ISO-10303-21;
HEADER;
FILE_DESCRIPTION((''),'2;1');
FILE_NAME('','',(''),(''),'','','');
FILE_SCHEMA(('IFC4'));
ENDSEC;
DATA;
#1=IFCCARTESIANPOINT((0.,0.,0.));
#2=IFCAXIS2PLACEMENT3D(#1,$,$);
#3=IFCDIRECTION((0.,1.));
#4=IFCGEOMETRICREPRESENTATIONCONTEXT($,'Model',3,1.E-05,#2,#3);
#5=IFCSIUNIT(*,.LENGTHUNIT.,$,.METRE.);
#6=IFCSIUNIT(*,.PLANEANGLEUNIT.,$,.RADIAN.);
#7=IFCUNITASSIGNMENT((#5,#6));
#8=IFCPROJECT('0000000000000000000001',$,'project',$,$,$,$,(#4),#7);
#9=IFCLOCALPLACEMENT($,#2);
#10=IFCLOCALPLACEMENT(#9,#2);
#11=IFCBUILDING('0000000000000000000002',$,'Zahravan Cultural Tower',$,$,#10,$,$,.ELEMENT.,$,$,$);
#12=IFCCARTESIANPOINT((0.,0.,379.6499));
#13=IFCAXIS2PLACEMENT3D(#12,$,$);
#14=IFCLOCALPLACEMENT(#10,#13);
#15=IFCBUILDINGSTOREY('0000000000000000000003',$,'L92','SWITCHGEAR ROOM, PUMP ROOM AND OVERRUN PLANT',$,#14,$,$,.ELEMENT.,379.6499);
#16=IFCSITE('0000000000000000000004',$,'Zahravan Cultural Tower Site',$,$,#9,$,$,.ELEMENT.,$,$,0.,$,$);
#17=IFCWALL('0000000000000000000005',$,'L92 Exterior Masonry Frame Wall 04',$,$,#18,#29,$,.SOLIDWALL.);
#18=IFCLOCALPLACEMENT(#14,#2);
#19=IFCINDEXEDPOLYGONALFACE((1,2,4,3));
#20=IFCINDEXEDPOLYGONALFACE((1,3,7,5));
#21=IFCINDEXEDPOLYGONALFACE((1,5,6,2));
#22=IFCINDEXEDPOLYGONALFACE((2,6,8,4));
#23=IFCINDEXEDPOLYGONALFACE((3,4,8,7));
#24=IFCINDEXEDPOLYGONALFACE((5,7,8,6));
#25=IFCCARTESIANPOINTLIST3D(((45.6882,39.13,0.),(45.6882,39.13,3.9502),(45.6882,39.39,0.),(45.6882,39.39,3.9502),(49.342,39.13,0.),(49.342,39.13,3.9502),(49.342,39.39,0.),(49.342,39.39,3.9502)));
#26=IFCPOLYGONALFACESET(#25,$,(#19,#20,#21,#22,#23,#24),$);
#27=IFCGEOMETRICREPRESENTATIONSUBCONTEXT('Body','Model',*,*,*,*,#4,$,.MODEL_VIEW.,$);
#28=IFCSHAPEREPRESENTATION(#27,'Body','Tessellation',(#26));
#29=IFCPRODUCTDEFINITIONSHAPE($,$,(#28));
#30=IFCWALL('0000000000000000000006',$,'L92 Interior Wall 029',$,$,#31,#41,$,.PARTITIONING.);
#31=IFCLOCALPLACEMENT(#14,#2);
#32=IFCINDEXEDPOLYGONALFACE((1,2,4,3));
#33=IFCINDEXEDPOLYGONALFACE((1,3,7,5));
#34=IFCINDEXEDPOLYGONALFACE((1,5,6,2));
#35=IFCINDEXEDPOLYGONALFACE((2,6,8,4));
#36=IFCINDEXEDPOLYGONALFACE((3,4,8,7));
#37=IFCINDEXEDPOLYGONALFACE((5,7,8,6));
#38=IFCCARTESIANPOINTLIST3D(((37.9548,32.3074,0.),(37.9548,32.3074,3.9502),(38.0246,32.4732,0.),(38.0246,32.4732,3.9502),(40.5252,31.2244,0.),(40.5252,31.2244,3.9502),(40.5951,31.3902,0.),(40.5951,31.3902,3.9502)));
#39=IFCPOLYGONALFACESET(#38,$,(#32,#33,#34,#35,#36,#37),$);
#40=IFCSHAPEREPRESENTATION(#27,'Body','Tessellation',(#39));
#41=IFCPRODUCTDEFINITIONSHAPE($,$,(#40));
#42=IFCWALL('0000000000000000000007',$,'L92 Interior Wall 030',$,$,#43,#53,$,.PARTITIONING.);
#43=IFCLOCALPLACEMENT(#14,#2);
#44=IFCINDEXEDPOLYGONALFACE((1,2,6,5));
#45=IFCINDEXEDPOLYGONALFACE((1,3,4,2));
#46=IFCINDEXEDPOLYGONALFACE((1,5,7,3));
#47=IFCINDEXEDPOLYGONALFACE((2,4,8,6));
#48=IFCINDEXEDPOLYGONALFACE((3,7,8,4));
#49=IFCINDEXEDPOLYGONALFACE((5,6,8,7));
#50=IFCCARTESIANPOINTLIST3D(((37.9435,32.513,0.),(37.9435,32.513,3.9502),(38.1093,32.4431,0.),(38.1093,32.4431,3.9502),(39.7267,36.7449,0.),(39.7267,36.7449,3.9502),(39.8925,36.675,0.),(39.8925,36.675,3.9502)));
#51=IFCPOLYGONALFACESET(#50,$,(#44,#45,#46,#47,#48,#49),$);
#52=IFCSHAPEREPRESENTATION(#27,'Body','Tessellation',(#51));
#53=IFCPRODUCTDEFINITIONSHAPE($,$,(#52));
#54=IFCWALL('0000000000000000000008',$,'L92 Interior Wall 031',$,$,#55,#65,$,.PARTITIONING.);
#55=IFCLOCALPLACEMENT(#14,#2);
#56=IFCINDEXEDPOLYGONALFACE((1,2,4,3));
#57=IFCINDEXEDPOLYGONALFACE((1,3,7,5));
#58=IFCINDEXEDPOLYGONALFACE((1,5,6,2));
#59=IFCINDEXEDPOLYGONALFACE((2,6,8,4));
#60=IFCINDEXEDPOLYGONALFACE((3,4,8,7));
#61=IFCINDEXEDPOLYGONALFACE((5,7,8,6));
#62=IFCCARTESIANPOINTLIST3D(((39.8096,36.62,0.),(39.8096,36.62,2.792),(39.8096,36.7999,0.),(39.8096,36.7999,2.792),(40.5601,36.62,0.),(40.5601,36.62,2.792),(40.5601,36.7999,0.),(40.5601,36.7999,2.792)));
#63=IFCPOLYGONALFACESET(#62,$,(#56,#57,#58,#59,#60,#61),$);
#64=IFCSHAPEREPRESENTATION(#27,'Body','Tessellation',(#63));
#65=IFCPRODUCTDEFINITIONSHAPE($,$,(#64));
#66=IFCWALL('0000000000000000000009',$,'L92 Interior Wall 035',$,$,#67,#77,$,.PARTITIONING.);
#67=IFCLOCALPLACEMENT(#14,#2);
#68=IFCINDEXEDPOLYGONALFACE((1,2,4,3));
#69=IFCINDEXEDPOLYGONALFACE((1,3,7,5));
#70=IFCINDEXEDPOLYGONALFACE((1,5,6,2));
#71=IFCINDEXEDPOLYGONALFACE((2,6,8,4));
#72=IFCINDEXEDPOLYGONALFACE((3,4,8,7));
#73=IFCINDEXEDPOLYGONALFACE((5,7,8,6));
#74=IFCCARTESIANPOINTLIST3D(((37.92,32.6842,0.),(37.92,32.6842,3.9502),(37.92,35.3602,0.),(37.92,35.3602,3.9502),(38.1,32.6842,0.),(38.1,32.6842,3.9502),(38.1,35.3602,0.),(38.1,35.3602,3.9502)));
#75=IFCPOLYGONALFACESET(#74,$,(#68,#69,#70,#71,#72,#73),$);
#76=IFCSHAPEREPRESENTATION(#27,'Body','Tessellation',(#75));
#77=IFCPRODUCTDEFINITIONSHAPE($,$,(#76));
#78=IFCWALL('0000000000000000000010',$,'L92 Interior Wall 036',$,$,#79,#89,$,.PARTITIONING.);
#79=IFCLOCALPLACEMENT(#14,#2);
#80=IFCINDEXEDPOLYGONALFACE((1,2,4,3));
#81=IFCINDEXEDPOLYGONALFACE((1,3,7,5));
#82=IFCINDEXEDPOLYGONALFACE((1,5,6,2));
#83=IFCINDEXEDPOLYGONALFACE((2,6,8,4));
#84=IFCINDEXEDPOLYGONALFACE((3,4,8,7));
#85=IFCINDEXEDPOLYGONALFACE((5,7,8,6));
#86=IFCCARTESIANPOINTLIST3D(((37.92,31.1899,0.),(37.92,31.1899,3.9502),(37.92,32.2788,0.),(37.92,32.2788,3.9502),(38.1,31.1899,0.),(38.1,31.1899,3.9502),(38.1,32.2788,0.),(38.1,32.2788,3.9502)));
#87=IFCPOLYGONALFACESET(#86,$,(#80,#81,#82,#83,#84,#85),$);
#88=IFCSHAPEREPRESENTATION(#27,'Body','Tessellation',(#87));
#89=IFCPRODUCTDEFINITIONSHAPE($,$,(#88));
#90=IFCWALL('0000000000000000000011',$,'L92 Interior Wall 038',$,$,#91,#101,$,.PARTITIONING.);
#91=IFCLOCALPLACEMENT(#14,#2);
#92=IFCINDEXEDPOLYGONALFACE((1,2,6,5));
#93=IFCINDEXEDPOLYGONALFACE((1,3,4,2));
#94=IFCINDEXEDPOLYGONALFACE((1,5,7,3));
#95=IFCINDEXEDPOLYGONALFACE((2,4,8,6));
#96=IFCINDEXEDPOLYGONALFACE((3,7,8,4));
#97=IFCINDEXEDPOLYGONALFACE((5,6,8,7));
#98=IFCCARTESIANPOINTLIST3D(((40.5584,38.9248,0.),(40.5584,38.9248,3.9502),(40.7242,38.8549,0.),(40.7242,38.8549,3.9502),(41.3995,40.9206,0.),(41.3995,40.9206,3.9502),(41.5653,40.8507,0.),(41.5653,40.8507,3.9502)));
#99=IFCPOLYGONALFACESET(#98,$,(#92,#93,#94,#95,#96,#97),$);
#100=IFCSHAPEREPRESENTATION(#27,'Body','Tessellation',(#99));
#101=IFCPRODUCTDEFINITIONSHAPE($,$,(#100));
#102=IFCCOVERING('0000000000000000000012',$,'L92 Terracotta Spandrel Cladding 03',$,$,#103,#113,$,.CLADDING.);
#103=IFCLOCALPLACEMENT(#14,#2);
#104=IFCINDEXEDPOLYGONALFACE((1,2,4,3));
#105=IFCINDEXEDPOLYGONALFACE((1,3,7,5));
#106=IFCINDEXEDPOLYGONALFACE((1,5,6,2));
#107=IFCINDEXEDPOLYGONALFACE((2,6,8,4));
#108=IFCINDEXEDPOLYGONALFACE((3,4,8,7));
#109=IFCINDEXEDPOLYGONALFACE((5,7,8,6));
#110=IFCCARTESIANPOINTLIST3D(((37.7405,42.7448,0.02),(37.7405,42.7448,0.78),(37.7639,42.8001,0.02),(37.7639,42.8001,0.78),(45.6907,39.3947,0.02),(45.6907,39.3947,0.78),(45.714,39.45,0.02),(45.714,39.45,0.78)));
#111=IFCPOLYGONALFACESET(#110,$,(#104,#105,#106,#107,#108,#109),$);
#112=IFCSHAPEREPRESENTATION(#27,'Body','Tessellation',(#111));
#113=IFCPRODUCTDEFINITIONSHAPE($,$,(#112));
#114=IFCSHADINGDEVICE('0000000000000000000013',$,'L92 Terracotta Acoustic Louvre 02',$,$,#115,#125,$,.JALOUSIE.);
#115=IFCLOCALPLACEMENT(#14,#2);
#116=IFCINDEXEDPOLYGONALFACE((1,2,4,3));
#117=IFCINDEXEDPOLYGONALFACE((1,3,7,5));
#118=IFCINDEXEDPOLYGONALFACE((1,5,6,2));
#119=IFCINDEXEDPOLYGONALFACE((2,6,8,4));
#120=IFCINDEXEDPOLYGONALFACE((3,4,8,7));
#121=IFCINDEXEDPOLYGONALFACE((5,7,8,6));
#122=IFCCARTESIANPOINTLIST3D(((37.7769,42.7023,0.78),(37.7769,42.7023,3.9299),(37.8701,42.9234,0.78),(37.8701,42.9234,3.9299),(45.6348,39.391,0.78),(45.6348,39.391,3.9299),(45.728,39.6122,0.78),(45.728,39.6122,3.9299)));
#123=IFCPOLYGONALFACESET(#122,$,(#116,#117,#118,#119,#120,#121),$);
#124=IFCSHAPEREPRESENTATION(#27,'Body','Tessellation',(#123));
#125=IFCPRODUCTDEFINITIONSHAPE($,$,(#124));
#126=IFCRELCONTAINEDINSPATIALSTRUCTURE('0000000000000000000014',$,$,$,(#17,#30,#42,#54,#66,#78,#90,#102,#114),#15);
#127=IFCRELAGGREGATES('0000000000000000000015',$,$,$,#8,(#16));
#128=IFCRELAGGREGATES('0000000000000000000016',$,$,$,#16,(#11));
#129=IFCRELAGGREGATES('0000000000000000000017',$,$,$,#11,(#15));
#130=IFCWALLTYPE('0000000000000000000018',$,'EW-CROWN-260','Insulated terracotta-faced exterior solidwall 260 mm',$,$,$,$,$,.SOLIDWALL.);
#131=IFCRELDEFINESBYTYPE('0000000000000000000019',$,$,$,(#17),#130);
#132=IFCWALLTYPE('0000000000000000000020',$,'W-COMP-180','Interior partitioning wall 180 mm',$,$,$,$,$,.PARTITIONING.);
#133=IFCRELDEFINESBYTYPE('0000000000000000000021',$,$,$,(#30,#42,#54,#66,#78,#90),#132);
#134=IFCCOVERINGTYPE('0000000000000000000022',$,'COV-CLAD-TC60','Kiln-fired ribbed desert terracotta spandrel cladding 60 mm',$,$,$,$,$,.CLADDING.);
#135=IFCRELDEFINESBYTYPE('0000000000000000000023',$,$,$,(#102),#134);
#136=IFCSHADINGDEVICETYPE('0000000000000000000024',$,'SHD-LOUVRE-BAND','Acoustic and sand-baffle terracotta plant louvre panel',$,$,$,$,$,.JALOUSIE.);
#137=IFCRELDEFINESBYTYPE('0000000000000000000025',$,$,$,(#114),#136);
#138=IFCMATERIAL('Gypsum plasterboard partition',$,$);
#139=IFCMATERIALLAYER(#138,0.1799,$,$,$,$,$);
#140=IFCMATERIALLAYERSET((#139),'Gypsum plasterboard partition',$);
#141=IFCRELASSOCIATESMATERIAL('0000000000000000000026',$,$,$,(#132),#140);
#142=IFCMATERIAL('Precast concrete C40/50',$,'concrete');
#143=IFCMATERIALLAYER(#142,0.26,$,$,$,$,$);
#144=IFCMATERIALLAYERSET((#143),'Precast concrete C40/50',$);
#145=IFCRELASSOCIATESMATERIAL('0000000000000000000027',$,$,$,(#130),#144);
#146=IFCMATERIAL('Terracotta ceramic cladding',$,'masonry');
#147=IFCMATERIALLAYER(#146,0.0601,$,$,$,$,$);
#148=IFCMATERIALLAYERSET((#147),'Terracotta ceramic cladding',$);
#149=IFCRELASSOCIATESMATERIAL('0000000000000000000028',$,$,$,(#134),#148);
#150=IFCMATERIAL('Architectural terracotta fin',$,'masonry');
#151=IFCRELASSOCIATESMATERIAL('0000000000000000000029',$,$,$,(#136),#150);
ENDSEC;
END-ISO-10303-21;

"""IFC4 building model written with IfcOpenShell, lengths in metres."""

from ifc_helpers import new_model, si_unit, direction, frame, frame_2d, origin, origin_2d, place, context, subcontext, project, spatial, rectangle, extrude, source, transform, mapped, material, layer, layer_set, type_object, element, save


model = new_model("IFC4")

# Units and contexts
model_context = context("Model", 3, precision=1e-05, world=origin(), true_north=direction((0.0, 1.0)))
body_context = subcontext(model_context, "Body", "Model", "MODEL_VIEW")
ifc_project = project(units=[si_unit("LENGTHUNIT", "METRE"), si_unit("PLANEANGLEUNIT", "RADIAN")], contexts=[model_context])

# Site, building, storey
site_placement = place(None, origin())
site = spatial("IfcSite", under=ifc_project, at=site_placement, Name="Zahravan Cultural Tower Site", CompositionType="ELEMENT", RefElevation=0.0)
building_placement = place(site_placement, origin())
building = spatial("IfcBuilding", under=site, at=building_placement, Name="Zahravan Cultural Tower", CompositionType="ELEMENT")
storey_placement = place(building_placement, frame((0.0, 0.0, 379.6499)))
storey = spatial("IfcBuildingStorey", under=building, at=storey_placement, Name="L92", Description="SWITCHGEAR ROOM, PUMP ROOM AND OVERRUN PLANT", CompositionType="ELEMENT", Elevation=379.6499)

# Shared definitions
ifc_material_1 = material(Name="Gypsum plasterboard partition")
ifc_layer_1 = layer(ifc_material_1, 0.1799)
ifc_layer_set_1 = layer_set([ifc_layer_1], Name="Gypsum plasterboard partition")
wall_type_1 = type_object("IfcWallType", Name="W-COMP-180", Description="Interior partitioning wall 180 mm", PredefinedType="PARTITIONING", material=ifc_layer_set_1)

# Walls
ifc_material_2 = material(Name="Precast concrete C40/50", Category="concrete")
ifc_layer_2 = layer(ifc_material_2, 0.26)
ifc_layer_set_2 = layer_set([ifc_layer_2], Name="Precast concrete C40/50")
wall_type_2 = type_object("IfcWallType", Name="EW-CROWN-260", Description="Insulated terracotta-faced exterior solidwall 260 mm", PredefinedType="SOLIDWALL", material=ifc_layer_set_2)
shared_shape_1 = source(origin(), body_context, "Body", "SweptSolid", [
    extrude(rectangle(XDim=3.6538, YDim=0.26, at=frame_2d((1.8269, 0.0))), origin(), (0.0, 0.0, 1.0), 3.9502),
])
wall_1_placement = place(storey_placement, frame((45.6882, 39.26, 0.0), z_axis=(0.0, 0.0, 1.0), x_axis=(1.0, 0.0, 0.0)))
element("IfcWall", 1, at=wall_1_placement, inside=storey, type_object=wall_type_2, Name="L92 Exterior Masonry Frame Wall 04", PredefinedType="SOLIDWALL", context=body_context, shape_type="MappedRepresentation", body=[
    mapped(shared_shape_1, transform((0.0, 0.0, 0.0), x_axis=(1.0, 0.0, 0.0), y_axis=(0.0, 1.0, 0.0), z_axis=(0.0, 0.0, 1.0), scale=1.0)),
])
shared_shape_2 = source(origin(), body_context, "Body", "SweptSolid", [
    extrude(rectangle(XDim=2.7893, YDim=0.1799, at=frame_2d((1.3945, 0.0))), origin(), (0.0, 0.0, 1.0), 3.9502),
])
wall_2_placement = place(storey_placement, frame((40.5601, 31.3074, 0.0), z_axis=(0.0, 0.0, 1.0), x_axis=(-0.92155, 0.38826, 0.0)))
element("IfcWall", 2, at=wall_2_placement, inside=storey, type_object=wall_type_1, Name="L92 Interior Wall 029", PredefinedType="PARTITIONING", context=body_context, shape_type="MappedRepresentation", body=[
    mapped(shared_shape_2, transform((0.0, 0.0, 0.0), x_axis=(1.0, 0.0, 0.0), y_axis=(0.0, 1.0, 0.0), z_axis=(0.0, 0.0, 1.0), scale=1.0)),
])
shared_shape_3 = source(origin(), body_context, "Body", "SweptSolid", [
    extrude(rectangle(XDim=4.5923, YDim=0.1799, at=frame_2d((2.2961, 0.0))), origin(), (0.0, 0.0, 1.0), 3.9502),
])
wall_3_placement = place(storey_placement, frame((38.0264, 32.478, 0.0), z_axis=(0.0, 0.0, 1.0), x_axis=(0.388304, 0.921531, 0.0)))
element("IfcWall", 3, at=wall_3_placement, inside=storey, type_object=wall_type_1, Name="L92 Interior Wall 030", PredefinedType="PARTITIONING", context=body_context, shape_type="MappedRepresentation", body=[
    mapped(shared_shape_3, transform((0.0, 0.0, 0.0), x_axis=(1.0, 0.0, 0.0), y_axis=(0.0, 1.0, 0.0), z_axis=(0.0, 0.0, 1.0), scale=1.0)),
])
shared_shape_4 = source(origin(), body_context, "Body", "SweptSolid", [
    extrude(rectangle(XDim=0.7505, YDim=0.1799, at=frame_2d((0.3752, 0.0))), origin(), (0.0, 0.0, 1.0), 2.792),
])
wall_4_placement = place(storey_placement, frame((39.8096, 36.71, 0.0), z_axis=(0.0, 0.0, 1.0), x_axis=(1.0, 0.0, 0.0)))
element("IfcWall", 4, at=wall_4_placement, inside=storey, type_object=wall_type_1, Name="L92 Interior Wall 031", PredefinedType="PARTITIONING", context=body_context, shape_type="MappedRepresentation", body=[
    mapped(shared_shape_4, transform((0.0, 0.0, 0.0), x_axis=(1.0, 0.0, 0.0), y_axis=(0.0, 1.0, 0.0), z_axis=(0.0, 0.0, 1.0), scale=1.0)),
])
shared_shape_5 = source(origin(), body_context, "Body", "SweptSolid", [
    extrude(rectangle(XDim=2.676, YDim=0.1799, at=frame_2d((1.3379, 0.0))), origin(), (0.0, 0.0, 1.0), 3.9502),
])
wall_5_placement = place(storey_placement, frame((38.01, 35.3601, 0.0), z_axis=(0.0, 0.0, 1.0), x_axis=(0.0, -1.0, 0.0)))
element("IfcWall", 5, at=wall_5_placement, inside=storey, type_object=wall_type_1, Name="L92 Interior Wall 035", PredefinedType="PARTITIONING", context=body_context, shape_type="MappedRepresentation", body=[
    mapped(shared_shape_5, transform((0.0, 0.0, 0.0), x_axis=(1.0, 0.0, 0.0), y_axis=(0.0, 1.0, 0.0), z_axis=(0.0, 0.0, 1.0), scale=1.0)),
])
shared_shape_6 = source(origin(), body_context, "Body", "SweptSolid", [
    extrude(rectangle(XDim=1.0889, YDim=0.1799, at=frame_2d((0.5444, 0.0))), origin(), (0.0, 0.0, 1.0), 3.9502),
])
wall_6_placement = place(storey_placement, frame((38.01, 32.2788, 0.0), z_axis=(0.0, 0.0, 1.0), x_axis=(0.0, -1.0, 0.0)))
element("IfcWall", 6, at=wall_6_placement, inside=storey, type_object=wall_type_1, Name="L92 Interior Wall 036", PredefinedType="PARTITIONING", context=body_context, shape_type="MappedRepresentation", body=[
    mapped(shared_shape_6, transform((0.0, 0.0, 0.0), x_axis=(1.0, 0.0, 0.0), y_axis=(0.0, 1.0, 0.0), z_axis=(0.0, 0.0, 1.0), scale=1.0)),
])
shared_shape_7 = source(origin(), body_context, "Body", "SweptSolid", [
    extrude(rectangle(XDim=2.1658, YDim=0.1799, at=frame_2d((1.083, 0.0))), origin(), (0.0, 0.0, 1.0), 3.9502),
])
wall_7_placement = place(storey_placement, frame((41.4824, 40.8857, 0.0), z_axis=(0.0, 0.0, 1.0), x_axis=(-0.388334, -0.921519, 0.0)))
element("IfcWall", 7, at=wall_7_placement, inside=storey, type_object=wall_type_1, Name="L92 Interior Wall 038", PredefinedType="PARTITIONING", context=body_context, shape_type="MappedRepresentation", body=[
    mapped(shared_shape_7, transform((0.0, 0.0, 0.0), x_axis=(1.0, 0.0, 0.0), y_axis=(0.0, 1.0, 0.0), z_axis=(0.0, 0.0, 1.0), scale=1.0)),
])

# Covering
ifc_material_3 = material(Name="Terracotta ceramic cladding", Category="masonry")
ifc_layer_3 = layer(ifc_material_3, 0.0601)
ifc_layer_set_3 = layer_set([ifc_layer_3], Name="Terracotta ceramic cladding")
covering_type = type_object("IfcCoveringType", Name="COV-CLAD-TC60", Description="Kiln-fired ribbed desert terracotta spandrel cladding 60 mm", PredefinedType="CLADDING", material=ifc_layer_set_3)
shared_shape_8 = source(origin(), body_context, "Body", "SweptSolid", [
    extrude(rectangle(XDim=8.6272, YDim=0.0601, at=origin_2d()), origin(), (0.0, 0.0, 1.0), 0.76),
])
covering_placement = place(storey_placement, frame((41.7273, 41.0974, 0.02), z_axis=(0.0, 0.0, 1.0), x_axis=(0.921525, -0.38832, 0.0)))
element("IfcCovering", 8, at=covering_placement, inside=storey, type_object=covering_type, Name="L92 Terracotta Spandrel Cladding 03", PredefinedType="CLADDING", context=body_context, shape_type="MappedRepresentation", body=[
    mapped(shared_shape_8, transform((0.0, 0.0, 0.0), x_axis=(1.0, 0.0, 0.0), y_axis=(0.0, 1.0, 0.0), z_axis=(0.0, 0.0, 1.0), scale=1.0)),
])

# Shading device
ifc_material_4 = material(Name="Architectural terracotta fin", Category="masonry")
shading_device_type = type_object("IfcShadingDeviceType", Name="SHD-LOUVRE-BAND", Description="Acoustic and sand-baffle terracotta plant louvre panel", PredefinedType="JALOUSIE", material=ifc_material_4)
shared_shape_9 = source(origin(), body_context, "Body", "SweptSolid", [
    extrude(rectangle(XDim=8.5271, YDim=0.24, at=origin_2d()), origin(), (0.0, 0.0, 1.0), 3.1499),
])
shading_device_placement = place(storey_placement, frame((41.7524, 41.1572, 0.78), z_axis=(0.0, 0.0, 1.0), x_axis=(0.921525, -0.38832, 0.0)))
element("IfcShadingDevice", 9, at=shading_device_placement, inside=storey, type_object=shading_device_type, Name="L92 Terracotta Acoustic Louvre 02", PredefinedType="JALOUSIE", context=body_context, shape_type="MappedRepresentation", body=[
    mapped(shared_shape_9, transform((0.0, 0.0, 0.0), x_axis=(1.0, 0.0, 0.0), y_axis=(0.0, 1.0, 0.0), z_axis=(0.0, 0.0, 1.0), scale=1.0)),
])

save(model, "model.ifc")
